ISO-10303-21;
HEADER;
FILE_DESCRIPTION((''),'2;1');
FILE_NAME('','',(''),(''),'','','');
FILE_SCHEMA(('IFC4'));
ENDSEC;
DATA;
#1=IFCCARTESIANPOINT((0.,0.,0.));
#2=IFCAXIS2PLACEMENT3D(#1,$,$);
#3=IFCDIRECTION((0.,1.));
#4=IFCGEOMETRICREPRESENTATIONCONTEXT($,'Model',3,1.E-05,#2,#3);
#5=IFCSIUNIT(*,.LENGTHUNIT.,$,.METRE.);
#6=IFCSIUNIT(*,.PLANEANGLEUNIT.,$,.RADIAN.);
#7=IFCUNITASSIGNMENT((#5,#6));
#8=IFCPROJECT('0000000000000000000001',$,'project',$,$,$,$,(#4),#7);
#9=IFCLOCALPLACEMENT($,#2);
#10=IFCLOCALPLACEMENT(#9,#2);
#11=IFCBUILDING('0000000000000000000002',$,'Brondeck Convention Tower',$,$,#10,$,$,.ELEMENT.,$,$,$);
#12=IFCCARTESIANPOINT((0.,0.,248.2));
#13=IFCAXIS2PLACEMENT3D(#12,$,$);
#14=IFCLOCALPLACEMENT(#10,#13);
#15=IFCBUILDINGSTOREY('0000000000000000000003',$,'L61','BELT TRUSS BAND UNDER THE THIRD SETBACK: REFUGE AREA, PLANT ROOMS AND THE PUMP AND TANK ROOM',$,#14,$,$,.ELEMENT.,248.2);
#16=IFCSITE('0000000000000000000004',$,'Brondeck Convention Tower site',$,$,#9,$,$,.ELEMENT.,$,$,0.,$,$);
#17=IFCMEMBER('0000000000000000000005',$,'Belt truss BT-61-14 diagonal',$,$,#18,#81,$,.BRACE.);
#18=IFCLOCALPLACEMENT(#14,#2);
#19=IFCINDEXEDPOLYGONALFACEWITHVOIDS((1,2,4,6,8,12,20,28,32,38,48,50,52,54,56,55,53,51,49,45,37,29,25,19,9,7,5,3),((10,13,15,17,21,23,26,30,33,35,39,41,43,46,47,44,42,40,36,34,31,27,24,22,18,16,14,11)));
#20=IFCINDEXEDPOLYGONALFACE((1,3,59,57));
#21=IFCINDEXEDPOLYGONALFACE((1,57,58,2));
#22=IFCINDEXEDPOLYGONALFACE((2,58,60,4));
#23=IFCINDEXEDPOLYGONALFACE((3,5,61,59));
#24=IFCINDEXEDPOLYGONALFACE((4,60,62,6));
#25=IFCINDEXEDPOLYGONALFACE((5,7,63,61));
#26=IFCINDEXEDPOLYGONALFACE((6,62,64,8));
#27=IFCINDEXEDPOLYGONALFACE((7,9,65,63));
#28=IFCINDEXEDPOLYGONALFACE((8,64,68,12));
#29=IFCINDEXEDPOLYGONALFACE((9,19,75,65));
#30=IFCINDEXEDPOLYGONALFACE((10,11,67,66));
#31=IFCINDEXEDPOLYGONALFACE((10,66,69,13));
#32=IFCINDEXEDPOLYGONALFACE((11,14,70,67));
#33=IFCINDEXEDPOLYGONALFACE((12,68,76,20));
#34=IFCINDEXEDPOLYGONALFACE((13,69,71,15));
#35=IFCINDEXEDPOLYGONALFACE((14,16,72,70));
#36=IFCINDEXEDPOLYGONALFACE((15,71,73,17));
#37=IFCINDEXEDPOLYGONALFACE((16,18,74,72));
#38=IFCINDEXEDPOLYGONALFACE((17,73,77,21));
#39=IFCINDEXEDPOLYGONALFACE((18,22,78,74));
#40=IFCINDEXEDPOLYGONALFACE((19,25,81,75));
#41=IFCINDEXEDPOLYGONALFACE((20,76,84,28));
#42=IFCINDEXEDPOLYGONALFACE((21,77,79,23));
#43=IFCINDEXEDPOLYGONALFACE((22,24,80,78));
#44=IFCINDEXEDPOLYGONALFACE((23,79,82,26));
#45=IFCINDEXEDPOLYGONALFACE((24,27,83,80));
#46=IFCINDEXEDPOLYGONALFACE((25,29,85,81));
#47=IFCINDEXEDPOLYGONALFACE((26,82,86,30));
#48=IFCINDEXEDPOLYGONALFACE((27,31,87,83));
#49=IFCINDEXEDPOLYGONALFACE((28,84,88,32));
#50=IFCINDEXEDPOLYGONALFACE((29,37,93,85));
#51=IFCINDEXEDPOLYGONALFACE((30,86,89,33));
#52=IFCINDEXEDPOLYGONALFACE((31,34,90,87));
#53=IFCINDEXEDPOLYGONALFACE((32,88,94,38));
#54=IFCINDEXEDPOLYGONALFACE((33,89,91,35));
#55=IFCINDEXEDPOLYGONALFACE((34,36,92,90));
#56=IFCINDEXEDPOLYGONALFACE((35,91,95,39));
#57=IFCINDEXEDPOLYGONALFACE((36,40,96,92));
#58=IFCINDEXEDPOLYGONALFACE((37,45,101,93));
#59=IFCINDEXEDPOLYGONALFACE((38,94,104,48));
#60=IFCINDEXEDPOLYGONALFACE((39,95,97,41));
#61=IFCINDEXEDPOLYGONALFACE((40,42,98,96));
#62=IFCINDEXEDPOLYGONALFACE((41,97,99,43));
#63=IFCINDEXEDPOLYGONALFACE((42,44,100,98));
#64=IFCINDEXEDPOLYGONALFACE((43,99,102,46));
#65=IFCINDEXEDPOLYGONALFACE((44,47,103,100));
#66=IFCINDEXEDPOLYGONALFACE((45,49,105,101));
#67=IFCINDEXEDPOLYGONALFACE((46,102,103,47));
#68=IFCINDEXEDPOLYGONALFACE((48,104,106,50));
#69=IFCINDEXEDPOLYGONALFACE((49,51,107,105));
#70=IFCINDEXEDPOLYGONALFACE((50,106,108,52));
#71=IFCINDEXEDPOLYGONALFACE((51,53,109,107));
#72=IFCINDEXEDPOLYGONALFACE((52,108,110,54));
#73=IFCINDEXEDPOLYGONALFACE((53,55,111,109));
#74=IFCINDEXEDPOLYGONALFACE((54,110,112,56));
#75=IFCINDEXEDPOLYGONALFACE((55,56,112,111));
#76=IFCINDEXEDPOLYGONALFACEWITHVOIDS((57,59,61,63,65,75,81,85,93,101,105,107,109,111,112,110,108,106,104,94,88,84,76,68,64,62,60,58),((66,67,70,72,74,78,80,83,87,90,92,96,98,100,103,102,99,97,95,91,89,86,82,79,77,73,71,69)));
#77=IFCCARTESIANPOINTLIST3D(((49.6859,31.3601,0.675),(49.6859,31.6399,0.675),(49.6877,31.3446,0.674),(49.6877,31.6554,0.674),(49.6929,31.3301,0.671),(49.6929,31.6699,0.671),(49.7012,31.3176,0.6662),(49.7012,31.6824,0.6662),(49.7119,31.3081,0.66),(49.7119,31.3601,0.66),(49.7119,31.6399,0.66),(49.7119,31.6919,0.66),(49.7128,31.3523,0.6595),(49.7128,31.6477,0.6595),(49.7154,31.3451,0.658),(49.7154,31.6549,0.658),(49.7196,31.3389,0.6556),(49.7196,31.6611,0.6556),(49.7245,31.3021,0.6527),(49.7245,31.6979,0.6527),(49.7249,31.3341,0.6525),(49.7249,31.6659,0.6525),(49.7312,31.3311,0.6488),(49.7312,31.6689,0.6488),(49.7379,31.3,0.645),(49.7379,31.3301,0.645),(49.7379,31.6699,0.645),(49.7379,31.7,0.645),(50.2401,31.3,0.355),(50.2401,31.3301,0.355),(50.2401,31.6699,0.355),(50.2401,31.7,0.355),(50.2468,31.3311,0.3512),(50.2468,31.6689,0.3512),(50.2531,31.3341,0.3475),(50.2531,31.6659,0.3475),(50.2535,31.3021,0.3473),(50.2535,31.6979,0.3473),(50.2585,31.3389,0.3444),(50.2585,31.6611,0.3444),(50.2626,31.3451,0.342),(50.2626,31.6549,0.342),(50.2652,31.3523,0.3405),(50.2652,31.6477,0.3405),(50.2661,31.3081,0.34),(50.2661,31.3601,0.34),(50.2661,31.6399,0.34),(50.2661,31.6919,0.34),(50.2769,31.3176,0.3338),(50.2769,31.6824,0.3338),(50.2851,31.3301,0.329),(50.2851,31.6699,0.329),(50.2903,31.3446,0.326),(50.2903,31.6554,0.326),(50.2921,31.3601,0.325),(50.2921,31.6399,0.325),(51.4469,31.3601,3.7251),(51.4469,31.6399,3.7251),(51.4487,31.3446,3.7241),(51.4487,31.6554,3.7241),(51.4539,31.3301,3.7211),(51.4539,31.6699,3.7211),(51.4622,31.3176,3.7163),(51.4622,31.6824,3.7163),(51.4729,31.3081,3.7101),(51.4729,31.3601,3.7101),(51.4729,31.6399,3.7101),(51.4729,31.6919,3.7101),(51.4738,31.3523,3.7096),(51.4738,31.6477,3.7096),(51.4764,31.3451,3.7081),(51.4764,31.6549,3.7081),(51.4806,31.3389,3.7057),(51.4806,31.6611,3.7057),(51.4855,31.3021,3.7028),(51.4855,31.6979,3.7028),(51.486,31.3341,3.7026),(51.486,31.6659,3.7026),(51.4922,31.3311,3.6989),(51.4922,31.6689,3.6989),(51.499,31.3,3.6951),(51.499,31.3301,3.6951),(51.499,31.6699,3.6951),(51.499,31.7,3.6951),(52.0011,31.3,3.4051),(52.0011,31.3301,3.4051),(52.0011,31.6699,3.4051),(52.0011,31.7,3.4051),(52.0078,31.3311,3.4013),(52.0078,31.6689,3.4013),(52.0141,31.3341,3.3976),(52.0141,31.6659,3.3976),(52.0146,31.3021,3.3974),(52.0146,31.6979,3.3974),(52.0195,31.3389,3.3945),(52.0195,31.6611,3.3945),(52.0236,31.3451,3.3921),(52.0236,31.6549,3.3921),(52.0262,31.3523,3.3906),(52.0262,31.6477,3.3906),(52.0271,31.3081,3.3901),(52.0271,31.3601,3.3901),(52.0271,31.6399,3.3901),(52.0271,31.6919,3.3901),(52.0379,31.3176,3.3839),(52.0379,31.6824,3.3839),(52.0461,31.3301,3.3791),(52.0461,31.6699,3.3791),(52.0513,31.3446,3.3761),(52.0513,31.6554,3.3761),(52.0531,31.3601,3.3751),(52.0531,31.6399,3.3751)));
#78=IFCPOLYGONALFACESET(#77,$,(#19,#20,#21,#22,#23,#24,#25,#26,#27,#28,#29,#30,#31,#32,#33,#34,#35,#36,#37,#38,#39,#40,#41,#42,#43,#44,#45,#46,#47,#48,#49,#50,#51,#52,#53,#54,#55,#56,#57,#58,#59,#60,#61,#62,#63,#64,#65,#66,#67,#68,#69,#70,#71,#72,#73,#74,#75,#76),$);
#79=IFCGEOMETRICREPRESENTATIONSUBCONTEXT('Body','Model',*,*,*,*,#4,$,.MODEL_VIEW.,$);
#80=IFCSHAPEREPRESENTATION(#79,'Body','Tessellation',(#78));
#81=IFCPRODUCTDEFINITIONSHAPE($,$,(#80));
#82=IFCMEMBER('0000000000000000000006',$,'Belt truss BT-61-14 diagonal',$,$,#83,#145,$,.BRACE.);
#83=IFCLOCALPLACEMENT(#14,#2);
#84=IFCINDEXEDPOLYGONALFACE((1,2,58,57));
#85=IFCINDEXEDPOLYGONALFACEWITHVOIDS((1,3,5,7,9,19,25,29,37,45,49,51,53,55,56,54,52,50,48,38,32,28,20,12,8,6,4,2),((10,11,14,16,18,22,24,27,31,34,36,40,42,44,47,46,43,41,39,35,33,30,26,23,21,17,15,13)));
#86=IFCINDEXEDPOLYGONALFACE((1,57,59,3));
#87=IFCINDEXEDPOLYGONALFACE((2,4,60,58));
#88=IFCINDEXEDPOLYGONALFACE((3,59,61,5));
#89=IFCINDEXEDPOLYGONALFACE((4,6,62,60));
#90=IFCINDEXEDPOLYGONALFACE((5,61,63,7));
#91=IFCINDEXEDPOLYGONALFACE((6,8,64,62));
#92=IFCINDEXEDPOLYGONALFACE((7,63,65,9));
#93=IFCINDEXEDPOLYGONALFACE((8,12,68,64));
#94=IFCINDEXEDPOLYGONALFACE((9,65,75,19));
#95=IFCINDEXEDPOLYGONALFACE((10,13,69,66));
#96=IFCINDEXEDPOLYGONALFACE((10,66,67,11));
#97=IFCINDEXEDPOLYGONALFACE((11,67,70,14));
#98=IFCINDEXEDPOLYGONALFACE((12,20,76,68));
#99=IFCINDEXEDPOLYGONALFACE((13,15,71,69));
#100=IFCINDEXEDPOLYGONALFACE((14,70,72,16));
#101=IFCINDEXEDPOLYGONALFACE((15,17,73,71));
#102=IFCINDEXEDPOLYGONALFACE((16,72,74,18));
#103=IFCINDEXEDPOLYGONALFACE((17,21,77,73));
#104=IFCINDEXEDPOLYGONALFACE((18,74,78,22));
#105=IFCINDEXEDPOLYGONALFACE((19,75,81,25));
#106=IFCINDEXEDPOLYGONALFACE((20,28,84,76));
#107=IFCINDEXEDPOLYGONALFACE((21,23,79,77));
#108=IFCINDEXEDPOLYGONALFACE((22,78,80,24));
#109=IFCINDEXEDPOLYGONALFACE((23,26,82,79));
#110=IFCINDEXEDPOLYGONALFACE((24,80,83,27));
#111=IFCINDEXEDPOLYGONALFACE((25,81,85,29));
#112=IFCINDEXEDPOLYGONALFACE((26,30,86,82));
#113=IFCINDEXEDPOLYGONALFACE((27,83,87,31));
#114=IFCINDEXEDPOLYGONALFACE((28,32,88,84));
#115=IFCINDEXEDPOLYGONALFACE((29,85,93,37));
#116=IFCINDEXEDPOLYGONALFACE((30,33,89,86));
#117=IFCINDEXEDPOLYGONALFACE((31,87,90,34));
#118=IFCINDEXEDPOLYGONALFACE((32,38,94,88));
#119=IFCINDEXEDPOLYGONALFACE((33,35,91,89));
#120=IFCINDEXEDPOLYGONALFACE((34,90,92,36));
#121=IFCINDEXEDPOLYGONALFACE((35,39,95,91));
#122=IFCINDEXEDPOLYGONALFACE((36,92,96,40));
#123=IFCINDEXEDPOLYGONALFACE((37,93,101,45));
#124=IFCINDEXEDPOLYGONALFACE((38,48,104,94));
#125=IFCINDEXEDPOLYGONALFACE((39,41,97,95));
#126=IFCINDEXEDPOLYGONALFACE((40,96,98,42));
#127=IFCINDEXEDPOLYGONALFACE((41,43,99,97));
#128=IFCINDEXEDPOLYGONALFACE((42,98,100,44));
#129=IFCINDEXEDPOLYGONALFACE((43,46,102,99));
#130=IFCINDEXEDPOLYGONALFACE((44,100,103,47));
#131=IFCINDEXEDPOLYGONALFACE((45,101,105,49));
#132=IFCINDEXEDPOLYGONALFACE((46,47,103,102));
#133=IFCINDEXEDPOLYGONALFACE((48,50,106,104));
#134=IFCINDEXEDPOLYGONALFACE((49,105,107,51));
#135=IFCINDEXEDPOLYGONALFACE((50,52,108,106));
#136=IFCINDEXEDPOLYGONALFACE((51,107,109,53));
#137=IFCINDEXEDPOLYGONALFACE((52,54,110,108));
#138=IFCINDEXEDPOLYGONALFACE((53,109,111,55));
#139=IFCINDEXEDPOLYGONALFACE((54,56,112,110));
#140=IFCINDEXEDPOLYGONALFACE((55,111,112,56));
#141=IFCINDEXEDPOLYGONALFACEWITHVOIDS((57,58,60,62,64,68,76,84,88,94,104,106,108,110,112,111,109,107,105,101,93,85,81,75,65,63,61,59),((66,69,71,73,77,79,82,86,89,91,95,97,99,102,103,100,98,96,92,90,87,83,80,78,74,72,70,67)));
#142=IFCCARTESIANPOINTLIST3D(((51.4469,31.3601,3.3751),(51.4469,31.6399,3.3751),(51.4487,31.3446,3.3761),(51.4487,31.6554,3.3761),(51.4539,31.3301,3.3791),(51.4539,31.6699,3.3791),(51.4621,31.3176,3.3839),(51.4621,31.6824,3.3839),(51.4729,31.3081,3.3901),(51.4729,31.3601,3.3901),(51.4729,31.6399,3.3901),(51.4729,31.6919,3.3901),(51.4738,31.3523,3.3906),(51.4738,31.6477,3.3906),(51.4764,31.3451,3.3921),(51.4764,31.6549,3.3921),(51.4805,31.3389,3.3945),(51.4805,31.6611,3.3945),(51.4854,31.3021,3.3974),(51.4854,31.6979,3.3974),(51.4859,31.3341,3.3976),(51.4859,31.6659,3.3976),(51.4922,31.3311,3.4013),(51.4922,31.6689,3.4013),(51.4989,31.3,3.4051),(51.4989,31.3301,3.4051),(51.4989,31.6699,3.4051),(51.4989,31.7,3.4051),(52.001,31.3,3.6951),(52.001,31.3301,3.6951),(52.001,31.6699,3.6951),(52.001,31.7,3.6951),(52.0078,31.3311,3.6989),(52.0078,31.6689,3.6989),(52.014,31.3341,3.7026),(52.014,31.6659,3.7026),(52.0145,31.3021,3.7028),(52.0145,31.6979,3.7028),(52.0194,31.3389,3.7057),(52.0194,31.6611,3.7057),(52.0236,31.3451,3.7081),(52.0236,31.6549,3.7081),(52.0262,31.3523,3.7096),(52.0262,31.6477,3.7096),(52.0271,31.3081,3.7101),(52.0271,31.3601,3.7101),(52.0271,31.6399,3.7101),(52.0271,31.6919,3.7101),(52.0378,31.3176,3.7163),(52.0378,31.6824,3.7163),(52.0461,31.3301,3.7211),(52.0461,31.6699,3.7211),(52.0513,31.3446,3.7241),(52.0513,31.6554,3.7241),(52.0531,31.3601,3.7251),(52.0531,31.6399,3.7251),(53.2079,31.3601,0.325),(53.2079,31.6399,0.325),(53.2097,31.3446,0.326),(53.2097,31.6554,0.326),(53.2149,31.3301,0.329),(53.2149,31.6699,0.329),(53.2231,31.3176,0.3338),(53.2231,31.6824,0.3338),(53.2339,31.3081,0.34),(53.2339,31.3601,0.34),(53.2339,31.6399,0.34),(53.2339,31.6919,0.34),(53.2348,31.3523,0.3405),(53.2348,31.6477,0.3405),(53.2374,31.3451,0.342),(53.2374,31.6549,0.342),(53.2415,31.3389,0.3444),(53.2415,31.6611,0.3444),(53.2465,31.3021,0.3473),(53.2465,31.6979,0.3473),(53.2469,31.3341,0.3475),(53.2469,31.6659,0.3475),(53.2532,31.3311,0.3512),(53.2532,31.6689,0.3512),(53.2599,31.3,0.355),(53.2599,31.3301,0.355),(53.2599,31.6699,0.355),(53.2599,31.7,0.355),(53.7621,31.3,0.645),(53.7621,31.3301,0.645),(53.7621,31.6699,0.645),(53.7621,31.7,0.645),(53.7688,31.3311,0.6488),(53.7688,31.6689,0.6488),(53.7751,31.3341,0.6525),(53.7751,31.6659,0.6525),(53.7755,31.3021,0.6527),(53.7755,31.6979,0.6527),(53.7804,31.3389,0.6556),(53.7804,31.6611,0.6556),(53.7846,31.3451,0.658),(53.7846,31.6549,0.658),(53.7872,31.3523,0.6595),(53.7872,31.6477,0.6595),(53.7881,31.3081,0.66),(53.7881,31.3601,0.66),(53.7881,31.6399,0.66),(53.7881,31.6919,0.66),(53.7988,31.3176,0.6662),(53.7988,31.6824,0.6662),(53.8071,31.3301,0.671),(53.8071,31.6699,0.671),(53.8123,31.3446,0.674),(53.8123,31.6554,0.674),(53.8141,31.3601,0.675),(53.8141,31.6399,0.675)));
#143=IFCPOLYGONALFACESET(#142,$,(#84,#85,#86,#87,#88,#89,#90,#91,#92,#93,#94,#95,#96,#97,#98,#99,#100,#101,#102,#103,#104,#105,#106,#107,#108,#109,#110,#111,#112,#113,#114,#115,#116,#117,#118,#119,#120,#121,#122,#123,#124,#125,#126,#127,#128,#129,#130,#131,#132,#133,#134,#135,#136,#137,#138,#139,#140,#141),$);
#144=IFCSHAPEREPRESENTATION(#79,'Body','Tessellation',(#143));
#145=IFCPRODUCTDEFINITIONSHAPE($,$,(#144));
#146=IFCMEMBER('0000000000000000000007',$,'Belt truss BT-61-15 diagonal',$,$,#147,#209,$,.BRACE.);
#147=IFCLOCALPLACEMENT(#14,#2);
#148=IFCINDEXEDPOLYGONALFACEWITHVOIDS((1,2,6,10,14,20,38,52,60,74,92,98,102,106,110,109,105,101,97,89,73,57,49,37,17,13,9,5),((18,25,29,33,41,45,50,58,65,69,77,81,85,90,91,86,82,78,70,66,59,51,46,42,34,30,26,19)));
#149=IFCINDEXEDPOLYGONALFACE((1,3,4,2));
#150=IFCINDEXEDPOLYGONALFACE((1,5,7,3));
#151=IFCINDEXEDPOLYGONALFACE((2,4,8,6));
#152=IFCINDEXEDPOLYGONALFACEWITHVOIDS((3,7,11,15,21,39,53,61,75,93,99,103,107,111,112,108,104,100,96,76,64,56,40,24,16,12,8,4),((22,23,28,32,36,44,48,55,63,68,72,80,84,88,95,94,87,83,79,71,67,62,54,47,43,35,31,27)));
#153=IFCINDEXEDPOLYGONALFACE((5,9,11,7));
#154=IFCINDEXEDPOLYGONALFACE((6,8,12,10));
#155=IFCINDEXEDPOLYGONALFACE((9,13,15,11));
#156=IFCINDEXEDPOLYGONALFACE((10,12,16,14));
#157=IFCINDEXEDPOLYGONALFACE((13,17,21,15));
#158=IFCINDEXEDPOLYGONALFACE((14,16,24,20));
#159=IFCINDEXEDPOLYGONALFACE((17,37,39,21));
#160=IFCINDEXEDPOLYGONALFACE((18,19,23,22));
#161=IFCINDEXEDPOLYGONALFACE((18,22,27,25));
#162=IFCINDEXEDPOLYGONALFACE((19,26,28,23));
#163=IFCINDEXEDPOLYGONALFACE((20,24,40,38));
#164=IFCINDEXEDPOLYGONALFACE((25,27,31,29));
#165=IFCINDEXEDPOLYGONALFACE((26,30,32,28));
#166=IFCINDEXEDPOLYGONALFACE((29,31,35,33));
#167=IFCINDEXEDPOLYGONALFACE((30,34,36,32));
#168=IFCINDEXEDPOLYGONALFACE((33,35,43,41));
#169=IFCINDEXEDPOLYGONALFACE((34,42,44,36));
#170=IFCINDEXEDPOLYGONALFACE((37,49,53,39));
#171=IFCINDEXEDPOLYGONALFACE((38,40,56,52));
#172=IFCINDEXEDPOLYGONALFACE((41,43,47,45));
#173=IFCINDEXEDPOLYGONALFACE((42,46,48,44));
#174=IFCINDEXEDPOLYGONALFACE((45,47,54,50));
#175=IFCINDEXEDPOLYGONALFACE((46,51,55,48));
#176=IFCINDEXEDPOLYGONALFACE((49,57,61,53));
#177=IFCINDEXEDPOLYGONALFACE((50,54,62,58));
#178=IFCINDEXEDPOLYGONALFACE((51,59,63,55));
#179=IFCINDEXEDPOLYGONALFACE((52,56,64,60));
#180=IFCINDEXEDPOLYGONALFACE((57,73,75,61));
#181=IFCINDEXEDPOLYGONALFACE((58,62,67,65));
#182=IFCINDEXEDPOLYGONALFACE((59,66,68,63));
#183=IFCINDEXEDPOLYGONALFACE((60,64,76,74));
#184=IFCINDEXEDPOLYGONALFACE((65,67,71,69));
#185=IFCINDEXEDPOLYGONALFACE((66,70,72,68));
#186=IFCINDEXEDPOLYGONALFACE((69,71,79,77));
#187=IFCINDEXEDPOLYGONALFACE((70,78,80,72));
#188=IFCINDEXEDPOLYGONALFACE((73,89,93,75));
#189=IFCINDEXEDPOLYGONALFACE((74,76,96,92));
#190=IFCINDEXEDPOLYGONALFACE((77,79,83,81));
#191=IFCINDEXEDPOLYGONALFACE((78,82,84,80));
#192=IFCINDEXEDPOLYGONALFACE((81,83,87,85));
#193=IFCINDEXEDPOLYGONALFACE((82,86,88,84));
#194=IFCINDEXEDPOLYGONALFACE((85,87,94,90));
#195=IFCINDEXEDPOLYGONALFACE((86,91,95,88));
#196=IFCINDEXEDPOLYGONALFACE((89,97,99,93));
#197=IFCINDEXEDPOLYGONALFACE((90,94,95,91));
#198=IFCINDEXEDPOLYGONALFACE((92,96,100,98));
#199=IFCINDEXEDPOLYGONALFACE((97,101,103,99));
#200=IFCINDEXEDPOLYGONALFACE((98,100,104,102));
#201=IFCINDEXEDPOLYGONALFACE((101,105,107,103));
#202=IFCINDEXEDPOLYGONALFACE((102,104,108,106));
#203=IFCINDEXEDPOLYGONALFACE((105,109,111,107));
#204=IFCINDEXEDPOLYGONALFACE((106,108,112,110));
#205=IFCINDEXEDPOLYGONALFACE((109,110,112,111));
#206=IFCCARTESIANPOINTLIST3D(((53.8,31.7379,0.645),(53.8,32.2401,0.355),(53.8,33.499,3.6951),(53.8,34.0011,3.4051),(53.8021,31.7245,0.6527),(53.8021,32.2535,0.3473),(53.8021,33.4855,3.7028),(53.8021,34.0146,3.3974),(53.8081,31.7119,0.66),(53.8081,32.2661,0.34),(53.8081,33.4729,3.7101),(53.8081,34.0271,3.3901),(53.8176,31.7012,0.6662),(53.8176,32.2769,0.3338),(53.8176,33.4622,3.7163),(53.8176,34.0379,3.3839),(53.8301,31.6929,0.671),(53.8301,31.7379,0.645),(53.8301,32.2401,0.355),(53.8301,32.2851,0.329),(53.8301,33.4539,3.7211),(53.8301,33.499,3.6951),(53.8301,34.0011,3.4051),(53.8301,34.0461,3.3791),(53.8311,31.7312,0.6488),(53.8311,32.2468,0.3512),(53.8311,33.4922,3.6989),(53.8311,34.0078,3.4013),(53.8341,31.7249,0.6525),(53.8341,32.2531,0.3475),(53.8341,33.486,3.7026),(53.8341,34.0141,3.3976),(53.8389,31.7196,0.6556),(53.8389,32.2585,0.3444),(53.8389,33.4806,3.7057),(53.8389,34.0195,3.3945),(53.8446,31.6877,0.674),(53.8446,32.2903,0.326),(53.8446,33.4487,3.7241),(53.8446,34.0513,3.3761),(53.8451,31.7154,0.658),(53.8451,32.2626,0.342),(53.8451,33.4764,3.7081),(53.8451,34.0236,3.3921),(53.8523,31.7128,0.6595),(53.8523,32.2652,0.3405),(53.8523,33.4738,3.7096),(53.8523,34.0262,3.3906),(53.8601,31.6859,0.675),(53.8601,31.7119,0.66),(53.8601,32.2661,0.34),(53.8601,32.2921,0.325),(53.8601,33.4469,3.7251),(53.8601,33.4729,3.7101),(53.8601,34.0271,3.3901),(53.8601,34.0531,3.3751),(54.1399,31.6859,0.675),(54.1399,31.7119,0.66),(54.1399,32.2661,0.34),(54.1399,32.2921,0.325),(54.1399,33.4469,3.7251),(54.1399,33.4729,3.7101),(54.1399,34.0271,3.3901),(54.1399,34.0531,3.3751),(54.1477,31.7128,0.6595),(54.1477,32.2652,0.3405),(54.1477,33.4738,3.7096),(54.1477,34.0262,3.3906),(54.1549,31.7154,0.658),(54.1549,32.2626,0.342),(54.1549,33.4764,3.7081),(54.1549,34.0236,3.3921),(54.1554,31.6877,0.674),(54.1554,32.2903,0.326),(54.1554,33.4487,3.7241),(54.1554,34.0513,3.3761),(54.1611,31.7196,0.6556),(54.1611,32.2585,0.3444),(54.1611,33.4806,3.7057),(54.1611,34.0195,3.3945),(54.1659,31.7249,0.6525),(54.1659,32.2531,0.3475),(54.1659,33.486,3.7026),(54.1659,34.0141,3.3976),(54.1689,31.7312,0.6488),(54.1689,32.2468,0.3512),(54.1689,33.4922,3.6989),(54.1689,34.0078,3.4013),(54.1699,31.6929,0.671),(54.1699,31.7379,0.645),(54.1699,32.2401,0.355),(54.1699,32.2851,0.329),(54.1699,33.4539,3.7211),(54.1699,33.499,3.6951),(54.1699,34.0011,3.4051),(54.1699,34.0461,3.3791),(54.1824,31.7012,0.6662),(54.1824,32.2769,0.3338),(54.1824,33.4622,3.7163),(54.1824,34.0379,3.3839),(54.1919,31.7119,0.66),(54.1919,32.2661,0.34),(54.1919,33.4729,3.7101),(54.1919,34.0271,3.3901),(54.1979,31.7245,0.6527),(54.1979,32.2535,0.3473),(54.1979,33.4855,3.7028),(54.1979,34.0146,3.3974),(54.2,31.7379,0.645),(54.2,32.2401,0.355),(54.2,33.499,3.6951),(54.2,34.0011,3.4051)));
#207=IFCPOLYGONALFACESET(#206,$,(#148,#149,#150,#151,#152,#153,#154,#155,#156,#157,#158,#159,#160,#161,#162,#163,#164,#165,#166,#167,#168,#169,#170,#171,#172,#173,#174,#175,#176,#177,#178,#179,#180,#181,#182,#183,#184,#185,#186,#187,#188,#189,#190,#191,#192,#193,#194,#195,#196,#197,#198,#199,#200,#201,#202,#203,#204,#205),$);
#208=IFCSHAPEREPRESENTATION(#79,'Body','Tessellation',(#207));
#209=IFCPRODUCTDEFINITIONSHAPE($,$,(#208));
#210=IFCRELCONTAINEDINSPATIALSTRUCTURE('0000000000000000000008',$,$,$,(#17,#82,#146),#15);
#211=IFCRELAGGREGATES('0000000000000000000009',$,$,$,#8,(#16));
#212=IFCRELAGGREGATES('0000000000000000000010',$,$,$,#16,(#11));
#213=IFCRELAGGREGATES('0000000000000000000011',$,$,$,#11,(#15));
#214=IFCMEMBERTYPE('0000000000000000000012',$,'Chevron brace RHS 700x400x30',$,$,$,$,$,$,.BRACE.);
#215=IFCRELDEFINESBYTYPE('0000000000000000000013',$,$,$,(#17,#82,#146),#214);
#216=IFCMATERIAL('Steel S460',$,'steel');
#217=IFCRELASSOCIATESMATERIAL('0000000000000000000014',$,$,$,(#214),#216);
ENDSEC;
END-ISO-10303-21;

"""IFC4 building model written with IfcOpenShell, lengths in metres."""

from ifc_helpers import new_model, si_unit, direction, frame, origin, origin_2d, place, context, subcontext, project, spatial, hollow_rectangle, extrude, material, material_profile, profile_set, type_object, element, save


model = new_model("IFC4")

# Units and contexts
model_context = context("Model", 3, precision=1e-05, world=origin(), true_north=direction((0.0, 1.0)))
body_context = subcontext(model_context, "Body", "Model", "MODEL_VIEW")
ifc_project = project(units=[si_unit("LENGTHUNIT", "METRE"), si_unit("PLANEANGLEUNIT", "RADIAN")], contexts=[model_context])

# Site, building, storey
site_placement = place(None, origin())
site = spatial("IfcSite", under=ifc_project, at=site_placement, Name="Brondeck Convention Tower site", CompositionType="ELEMENT", RefElevation=0.0)
building_placement = place(site_placement, origin())
building = spatial("IfcBuilding", under=site, at=building_placement, Name="Brondeck Convention Tower", CompositionType="ELEMENT")
storey_placement = place(building_placement, frame((0.0, 0.0, 248.2)))
storey = spatial("IfcBuildingStorey", under=building, at=storey_placement, Name="L61", Description="BELT TRUSS BAND UNDER THE THIRD SETBACK: REFUGE AREA, PLANT ROOMS AND THE PUMP AND TANK ROOM", CompositionType="ELEMENT", Elevation=248.2)

# Members
ifc_material_1 = material(Name="Steel S460", Category="steel")
ifc_material_profile_1 = material_profile(ifc_material_1, hollow_rectangle(XDim=0.3999, YDim=0.7, WallThickness=0.03, InnerFilletRadius=0.03, OuterFilletRadius=0.0601, at=origin_2d()), Name="RHS 700x400x30")
ifc_profile_set_1 = profile_set([ifc_material_profile_1], Name="Steel S460")
member_type_1 = type_object("IfcMemberType", Name="Chevron brace RHS 700x400x30", PredefinedType="BRACE", material=ifc_profile_set_1)
for number, where, z_axis, x_axis, name in (
    (1, (49.989, 31.5, 0.5), (0.500008, 0.0, 0.866021), (0.0, 1.0, 0.0), "Belt truss BT-61-14 diagonal"),
    (2, (53.511, 31.5, 0.5), (-0.500008, 0.0, 0.866021), (0.0, -1.0, 0.0), "Belt truss BT-61-14 diagonal"),
    (3, (54.0, 31.989, 0.5), (0.0, 0.500008, 0.866021), (-1.0, 0.0, 0.0), "Belt truss BT-61-15 diagonal"),
):
    element("IfcMember", number, at=place(storey_placement, frame(where, z_axis=z_axis, x_axis=x_axis)), inside=storey, type_object=member_type_1, Name=name, PredefinedType="BRACE", context=body_context, shape_type="SweptSolid", body=[
        extrude(hollow_rectangle(XDim=0.3999, YDim=0.7, WallThickness=0.03, InnerFilletRadius=0.03, OuterFilletRadius=0.0601, at=origin_2d()), origin(), (0.0, 0.0, 1.0), 3.522),
    ])

save(model, "model.ifc")
